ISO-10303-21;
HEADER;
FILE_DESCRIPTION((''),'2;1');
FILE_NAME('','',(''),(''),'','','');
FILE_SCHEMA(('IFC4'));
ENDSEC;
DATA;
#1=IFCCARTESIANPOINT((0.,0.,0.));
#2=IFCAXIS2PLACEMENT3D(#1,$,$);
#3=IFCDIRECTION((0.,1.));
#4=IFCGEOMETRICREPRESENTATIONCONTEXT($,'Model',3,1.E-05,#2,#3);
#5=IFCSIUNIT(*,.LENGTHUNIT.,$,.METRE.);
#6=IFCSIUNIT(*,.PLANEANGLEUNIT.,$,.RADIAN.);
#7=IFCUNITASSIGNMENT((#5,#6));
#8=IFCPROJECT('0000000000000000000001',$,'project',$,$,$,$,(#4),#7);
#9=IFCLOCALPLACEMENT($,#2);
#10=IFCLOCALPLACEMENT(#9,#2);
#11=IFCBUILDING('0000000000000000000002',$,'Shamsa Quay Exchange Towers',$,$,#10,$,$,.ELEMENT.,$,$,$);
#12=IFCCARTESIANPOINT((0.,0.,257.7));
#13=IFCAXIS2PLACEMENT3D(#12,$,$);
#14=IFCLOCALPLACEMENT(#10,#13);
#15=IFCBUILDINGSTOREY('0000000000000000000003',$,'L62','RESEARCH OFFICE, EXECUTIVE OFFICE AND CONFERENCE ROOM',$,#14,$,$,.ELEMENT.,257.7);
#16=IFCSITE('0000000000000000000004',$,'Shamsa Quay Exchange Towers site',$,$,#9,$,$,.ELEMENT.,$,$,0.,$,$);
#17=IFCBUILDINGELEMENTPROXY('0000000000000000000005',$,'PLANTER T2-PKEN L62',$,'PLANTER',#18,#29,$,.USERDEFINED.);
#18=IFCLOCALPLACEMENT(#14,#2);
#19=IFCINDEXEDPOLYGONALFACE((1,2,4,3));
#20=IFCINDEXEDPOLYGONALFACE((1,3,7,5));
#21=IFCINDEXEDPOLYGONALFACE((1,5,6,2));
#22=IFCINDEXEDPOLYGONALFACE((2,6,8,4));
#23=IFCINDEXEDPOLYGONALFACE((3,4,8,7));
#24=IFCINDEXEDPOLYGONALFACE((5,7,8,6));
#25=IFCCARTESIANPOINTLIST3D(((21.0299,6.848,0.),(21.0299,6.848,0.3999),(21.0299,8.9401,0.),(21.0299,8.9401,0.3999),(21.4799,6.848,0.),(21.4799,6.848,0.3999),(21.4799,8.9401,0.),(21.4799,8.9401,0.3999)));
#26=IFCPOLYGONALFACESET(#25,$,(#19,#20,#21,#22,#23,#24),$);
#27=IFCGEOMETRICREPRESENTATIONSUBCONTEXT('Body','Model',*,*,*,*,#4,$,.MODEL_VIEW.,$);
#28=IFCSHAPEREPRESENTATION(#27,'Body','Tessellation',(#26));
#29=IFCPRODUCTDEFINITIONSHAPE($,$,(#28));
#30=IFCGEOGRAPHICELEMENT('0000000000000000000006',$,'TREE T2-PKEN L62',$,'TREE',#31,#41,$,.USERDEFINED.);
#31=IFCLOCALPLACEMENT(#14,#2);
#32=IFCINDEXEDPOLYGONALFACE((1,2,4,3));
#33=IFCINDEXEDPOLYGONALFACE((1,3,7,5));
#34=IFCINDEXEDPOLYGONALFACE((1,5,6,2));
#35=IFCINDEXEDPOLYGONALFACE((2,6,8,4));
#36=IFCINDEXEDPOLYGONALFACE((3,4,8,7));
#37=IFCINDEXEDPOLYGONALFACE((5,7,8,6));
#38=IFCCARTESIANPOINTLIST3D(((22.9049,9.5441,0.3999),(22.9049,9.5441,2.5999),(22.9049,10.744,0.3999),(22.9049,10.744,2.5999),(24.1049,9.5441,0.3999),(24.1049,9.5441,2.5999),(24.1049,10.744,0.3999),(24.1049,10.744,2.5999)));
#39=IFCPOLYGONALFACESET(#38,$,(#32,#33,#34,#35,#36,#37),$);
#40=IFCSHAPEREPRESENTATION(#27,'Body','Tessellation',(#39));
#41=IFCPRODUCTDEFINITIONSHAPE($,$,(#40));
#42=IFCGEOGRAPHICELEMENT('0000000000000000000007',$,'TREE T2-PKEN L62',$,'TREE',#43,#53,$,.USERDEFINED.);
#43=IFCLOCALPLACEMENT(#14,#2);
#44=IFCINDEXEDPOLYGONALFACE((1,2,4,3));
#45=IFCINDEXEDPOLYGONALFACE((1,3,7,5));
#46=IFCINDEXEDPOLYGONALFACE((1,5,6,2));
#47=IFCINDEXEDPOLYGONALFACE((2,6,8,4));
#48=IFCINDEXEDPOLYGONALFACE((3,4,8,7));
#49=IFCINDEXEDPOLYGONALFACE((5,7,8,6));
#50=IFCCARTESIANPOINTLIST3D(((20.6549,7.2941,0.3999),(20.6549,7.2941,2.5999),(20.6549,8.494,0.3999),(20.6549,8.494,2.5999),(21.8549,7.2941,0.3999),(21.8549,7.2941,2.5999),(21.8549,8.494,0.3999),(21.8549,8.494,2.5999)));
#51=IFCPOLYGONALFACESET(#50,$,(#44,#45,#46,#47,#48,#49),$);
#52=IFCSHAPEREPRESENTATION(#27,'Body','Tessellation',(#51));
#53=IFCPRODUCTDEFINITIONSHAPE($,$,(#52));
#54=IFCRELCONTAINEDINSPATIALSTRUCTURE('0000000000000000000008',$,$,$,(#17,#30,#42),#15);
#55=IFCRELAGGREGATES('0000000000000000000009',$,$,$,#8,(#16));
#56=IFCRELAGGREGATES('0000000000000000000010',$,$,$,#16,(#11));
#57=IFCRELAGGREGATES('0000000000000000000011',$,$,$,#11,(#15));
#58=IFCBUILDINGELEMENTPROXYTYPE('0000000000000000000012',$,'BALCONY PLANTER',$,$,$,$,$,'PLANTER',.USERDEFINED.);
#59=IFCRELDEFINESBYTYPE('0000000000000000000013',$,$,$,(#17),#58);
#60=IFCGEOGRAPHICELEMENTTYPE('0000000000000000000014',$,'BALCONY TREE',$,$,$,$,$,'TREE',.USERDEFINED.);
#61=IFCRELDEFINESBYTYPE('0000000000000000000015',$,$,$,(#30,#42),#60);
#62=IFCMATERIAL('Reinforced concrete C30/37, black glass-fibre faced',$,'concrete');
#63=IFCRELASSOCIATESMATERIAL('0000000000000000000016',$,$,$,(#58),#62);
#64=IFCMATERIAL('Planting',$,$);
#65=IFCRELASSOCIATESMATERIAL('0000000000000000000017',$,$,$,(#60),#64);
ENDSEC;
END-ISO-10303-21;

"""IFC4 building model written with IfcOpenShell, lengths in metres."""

from ifc_helpers import new_model, si_unit, direction, frame, origin, origin_2d, place, context, subcontext, project, spatial, rectangle, extrude, material, type_object, element, save


model = new_model("IFC4")

# Units and contexts
model_context = context("Model", 3, precision=1e-05, world=origin(), true_north=direction((0.0, 1.0)))
body_context = subcontext(model_context, "Body", "Model", "MODEL_VIEW")
ifc_project = project(units=[si_unit("LENGTHUNIT", "METRE"), si_unit("PLANEANGLEUNIT", "RADIAN")], contexts=[model_context])

# Site, building, storey
site_placement = place(None, origin())
site = spatial("IfcSite", under=ifc_project, at=site_placement, Name="Shamsa Quay Exchange Towers site", CompositionType="ELEMENT", RefElevation=0.0)
building_placement = place(site_placement, origin())
building = spatial("IfcBuilding", under=site, at=building_placement, Name="Shamsa Quay Exchange Towers", CompositionType="ELEMENT")
storey_placement = place(building_placement, frame((0.0, 0.0, 257.7)))
storey = spatial("IfcBuildingStorey", under=building, at=storey_placement, Name="L62", Description="RESEARCH OFFICE, EXECUTIVE OFFICE AND CONFERENCE ROOM", CompositionType="ELEMENT", Elevation=257.7)

# Building element proxy
ifc_material_1 = material(Name="Reinforced concrete C30/37, black glass-fibre faced", Category="concrete")
building_element_proxy_type = type_object("IfcBuildingElementProxyType", Name="BALCONY PLANTER", ElementType="PLANTER", PredefinedType="USERDEFINED", material=ifc_material_1)
for number, where, z_axis, x_axis, name in (
    (1, (21.2549, 7.894, 0.0), (0.0, 0.0, 1.0), (0.0, -1.0, 0.0), "PLANTER T2-PKEN L62"),
):
    element("IfcBuildingElementProxy", number, at=place(storey_placement, frame(where, z_axis=z_axis, x_axis=x_axis)), inside=storey, type_object=building_element_proxy_type, Name=name, ObjectType="PLANTER", PredefinedType="USERDEFINED", context=body_context, shape_type="SweptSolid", body=[
        extrude(rectangle(XDim=2.092, YDim=0.45, at=origin_2d()), origin(), (0.0, 0.0, 1.0), 0.3999),
    ])

# Geographic elements
ifc_material_2 = material(Name="Planting")
geographic_element_type = type_object("IfcGeographicElementType", Name="BALCONY TREE", ElementType="TREE", PredefinedType="USERDEFINED", material=ifc_material_2)
for number, where, z_axis, x_axis, name in (
    (2, (23.5049, 10.144, 0.3999), (0.0, 0.0, 1.0), (0.0, -1.0, 0.0), "TREE T2-PKEN L62"),
    (3, (21.2549, 7.894, 0.3999), (0.0, 0.0, 1.0), (0.0, -1.0, 0.0), "TREE T2-PKEN L62"),
):
    element("IfcGeographicElement", number, at=place(storey_placement, frame(where, z_axis=z_axis, x_axis=x_axis)), inside=storey, type_object=geographic_element_type, Name=name, ObjectType="TREE", PredefinedType="USERDEFINED", context=body_context, shape_type="SweptSolid", body=[
        extrude(rectangle(XDim=1.2, YDim=1.2, at=origin_2d()), origin(), (0.0, 0.0, 1.0), 2.2),
    ])

save(model, "model.ifc")
